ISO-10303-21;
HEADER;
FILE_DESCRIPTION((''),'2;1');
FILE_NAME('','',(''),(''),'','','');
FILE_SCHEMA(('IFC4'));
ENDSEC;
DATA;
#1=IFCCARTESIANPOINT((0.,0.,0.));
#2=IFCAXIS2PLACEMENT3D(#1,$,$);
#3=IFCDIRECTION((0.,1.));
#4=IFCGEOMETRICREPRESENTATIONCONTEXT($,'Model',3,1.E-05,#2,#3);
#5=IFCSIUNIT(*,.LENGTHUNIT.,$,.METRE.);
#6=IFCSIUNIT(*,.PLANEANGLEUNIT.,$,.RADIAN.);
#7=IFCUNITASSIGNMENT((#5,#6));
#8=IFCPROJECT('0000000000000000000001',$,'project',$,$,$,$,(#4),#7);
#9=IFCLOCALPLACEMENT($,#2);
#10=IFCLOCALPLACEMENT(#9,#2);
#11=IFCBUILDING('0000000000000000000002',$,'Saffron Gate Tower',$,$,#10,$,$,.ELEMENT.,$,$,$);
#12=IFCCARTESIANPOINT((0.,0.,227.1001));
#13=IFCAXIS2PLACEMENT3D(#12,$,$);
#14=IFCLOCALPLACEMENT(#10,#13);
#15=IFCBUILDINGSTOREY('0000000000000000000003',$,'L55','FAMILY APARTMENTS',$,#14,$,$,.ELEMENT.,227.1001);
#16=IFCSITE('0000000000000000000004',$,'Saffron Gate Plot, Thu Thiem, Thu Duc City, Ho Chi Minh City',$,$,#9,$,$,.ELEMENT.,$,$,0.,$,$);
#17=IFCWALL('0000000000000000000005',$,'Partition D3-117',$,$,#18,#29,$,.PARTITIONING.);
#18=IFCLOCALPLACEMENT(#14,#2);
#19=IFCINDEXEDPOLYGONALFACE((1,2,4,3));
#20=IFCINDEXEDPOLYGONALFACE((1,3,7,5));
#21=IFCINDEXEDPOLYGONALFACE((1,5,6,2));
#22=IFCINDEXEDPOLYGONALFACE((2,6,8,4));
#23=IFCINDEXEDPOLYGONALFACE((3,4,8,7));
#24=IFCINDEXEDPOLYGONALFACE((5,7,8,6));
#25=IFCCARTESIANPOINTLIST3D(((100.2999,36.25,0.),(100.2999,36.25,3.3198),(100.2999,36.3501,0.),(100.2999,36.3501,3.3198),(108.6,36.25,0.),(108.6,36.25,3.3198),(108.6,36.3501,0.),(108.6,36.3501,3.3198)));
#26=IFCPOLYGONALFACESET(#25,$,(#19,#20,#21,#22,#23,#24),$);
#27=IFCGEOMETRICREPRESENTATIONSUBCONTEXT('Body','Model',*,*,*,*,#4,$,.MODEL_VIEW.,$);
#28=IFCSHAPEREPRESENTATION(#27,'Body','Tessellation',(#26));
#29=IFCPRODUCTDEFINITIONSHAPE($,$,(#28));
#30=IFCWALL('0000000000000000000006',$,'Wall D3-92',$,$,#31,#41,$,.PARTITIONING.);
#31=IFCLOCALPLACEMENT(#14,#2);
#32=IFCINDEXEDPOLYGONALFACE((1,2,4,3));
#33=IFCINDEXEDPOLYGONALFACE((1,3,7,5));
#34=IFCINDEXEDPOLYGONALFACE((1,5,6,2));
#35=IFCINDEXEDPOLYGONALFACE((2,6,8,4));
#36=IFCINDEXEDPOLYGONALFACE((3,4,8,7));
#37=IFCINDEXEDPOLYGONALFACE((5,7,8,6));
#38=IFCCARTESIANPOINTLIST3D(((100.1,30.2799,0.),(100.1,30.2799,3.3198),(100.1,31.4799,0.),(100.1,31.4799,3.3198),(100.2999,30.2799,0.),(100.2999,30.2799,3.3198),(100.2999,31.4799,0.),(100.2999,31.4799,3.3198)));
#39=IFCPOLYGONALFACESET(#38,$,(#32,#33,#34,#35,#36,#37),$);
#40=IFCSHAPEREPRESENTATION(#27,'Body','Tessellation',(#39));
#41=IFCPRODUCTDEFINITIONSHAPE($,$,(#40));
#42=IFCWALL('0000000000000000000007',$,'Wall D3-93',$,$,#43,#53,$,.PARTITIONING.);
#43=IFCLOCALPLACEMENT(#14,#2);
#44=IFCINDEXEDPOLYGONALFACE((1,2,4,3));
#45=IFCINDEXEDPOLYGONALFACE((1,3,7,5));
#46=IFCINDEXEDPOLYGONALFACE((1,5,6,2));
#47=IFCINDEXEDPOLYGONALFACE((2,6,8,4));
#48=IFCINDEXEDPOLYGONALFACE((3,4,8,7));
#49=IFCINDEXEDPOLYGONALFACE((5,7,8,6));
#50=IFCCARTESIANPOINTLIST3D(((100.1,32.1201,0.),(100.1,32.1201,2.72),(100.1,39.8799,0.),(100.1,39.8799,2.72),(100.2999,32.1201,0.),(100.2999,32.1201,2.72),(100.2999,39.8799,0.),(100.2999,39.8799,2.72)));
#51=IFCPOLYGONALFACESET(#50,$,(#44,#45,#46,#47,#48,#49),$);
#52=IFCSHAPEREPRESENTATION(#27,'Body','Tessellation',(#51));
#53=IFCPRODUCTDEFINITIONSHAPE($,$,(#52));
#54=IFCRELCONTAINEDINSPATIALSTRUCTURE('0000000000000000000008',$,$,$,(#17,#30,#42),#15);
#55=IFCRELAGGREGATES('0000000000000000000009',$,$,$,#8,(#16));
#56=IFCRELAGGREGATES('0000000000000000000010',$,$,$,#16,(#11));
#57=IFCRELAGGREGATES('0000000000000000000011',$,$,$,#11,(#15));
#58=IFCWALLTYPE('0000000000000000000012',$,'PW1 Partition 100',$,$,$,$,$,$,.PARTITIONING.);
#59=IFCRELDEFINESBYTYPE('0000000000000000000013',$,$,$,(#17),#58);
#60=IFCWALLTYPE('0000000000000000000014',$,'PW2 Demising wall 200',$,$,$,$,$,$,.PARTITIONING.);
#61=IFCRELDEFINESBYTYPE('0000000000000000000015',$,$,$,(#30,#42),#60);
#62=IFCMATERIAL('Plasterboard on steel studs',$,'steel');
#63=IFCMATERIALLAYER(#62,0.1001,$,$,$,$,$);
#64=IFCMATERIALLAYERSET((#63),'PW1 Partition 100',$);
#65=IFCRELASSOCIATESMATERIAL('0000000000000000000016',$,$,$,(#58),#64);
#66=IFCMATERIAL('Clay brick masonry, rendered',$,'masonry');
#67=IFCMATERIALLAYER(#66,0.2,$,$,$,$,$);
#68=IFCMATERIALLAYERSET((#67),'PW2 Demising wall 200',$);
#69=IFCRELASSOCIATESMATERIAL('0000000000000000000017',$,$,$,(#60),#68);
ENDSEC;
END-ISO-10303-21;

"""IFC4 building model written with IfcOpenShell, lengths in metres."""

from ifc_helpers import new_model, si_unit, direction, frame, frame_2d, origin, place, context, subcontext, project, spatial, rectangle, extrude, material, layer, layer_set, type_object, element, save


model = new_model("IFC4")

# Units and contexts
model_context = context("Model", 3, precision=1e-05, world=origin(), true_north=direction((0.0, 1.0)))
body_context = subcontext(model_context, "Body", "Model", "MODEL_VIEW")
ifc_project = project(units=[si_unit("LENGTHUNIT", "METRE"), si_unit("PLANEANGLEUNIT", "RADIAN")], contexts=[model_context])

# Site, building, storey
site_placement = place(None, origin())
site = spatial("IfcSite", under=ifc_project, at=site_placement, Name="Saffron Gate Plot, Thu Thiem, Thu Duc City, Ho Chi Minh City", CompositionType="ELEMENT", RefElevation=0.0)
building_placement = place(site_placement, origin())
building = spatial("IfcBuilding", under=site, at=building_placement, Name="Saffron Gate Tower", CompositionType="ELEMENT")
storey_placement = place(building_placement, frame((0.0, 0.0, 227.1001)))
storey = spatial("IfcBuildingStorey", under=building, at=storey_placement, Name="L55", Description="FAMILY APARTMENTS", CompositionType="ELEMENT", Elevation=227.1001)

# Shared definitions
ifc_material_1 = material(Name="Plasterboard on steel studs", Category="steel")
ifc_layer_1 = layer(ifc_material_1, 0.1001)
ifc_layer_set_1 = layer_set([ifc_layer_1], Name="PW1 Partition 100")
wall_type_1 = type_object("IfcWallType", Name="PW1 Partition 100", PredefinedType="PARTITIONING", material=ifc_layer_set_1)

# Walls
wall_1_placement = place(storey_placement, frame((100.3, 36.3, 0.0), z_axis=(0.0, 0.0, 1.0), x_axis=(1.0, 0.0, 0.0)))
element("IfcWall", 1, at=wall_1_placement, inside=storey, type_object=wall_type_1, Name="Partition D3-117", PredefinedType="PARTITIONING", context=body_context, shape_type="SweptSolid", body=[
    extrude(rectangle(XDim=8.3, YDim=0.1001, at=frame_2d((4.1499, 0.0))), origin(), (0.0, 0.0, 1.0), 3.3198),
])
ifc_material_2 = material(Name="Clay brick masonry, rendered", Category="masonry")
ifc_layer_2 = layer(ifc_material_2, 0.2)
ifc_layer_set_2 = layer_set([ifc_layer_2], Name="PW2 Demising wall 200")
wall_type_2 = type_object("IfcWallType", Name="PW2 Demising wall 200", PredefinedType="PARTITIONING", material=ifc_layer_set_2)
wall_2_placement = place(storey_placement, frame((100.2, 31.48, 0.0), z_axis=(0.0, 0.0, 1.0), x_axis=(0.0, -1.0, 0.0)))
element("IfcWall", 2, at=wall_2_placement, inside=storey, type_object=wall_type_2, Name="Wall D3-92", PredefinedType="PARTITIONING", context=body_context, shape_type="SweptSolid", body=[
    extrude(rectangle(XDim=1.2, YDim=0.2, at=frame_2d((0.6001, 0.0))), origin(), (0.0, 0.0, 1.0), 3.3198),
])
wall_3_placement = place(storey_placement, frame((100.2, 39.8799, 0.0), z_axis=(0.0, 0.0, 1.0), x_axis=(0.0, -1.0, 0.0)))
element("IfcWall", 3, at=wall_3_placement, inside=storey, type_object=wall_type_2, Name="Wall D3-93", PredefinedType="PARTITIONING", context=body_context, shape_type="SweptSolid", body=[
    extrude(rectangle(XDim=7.7598, YDim=0.2, at=frame_2d((3.8799, 0.0))), origin(), (0.0, 0.0, 1.0), 2.72),
])

save(model, "model.ifc")
